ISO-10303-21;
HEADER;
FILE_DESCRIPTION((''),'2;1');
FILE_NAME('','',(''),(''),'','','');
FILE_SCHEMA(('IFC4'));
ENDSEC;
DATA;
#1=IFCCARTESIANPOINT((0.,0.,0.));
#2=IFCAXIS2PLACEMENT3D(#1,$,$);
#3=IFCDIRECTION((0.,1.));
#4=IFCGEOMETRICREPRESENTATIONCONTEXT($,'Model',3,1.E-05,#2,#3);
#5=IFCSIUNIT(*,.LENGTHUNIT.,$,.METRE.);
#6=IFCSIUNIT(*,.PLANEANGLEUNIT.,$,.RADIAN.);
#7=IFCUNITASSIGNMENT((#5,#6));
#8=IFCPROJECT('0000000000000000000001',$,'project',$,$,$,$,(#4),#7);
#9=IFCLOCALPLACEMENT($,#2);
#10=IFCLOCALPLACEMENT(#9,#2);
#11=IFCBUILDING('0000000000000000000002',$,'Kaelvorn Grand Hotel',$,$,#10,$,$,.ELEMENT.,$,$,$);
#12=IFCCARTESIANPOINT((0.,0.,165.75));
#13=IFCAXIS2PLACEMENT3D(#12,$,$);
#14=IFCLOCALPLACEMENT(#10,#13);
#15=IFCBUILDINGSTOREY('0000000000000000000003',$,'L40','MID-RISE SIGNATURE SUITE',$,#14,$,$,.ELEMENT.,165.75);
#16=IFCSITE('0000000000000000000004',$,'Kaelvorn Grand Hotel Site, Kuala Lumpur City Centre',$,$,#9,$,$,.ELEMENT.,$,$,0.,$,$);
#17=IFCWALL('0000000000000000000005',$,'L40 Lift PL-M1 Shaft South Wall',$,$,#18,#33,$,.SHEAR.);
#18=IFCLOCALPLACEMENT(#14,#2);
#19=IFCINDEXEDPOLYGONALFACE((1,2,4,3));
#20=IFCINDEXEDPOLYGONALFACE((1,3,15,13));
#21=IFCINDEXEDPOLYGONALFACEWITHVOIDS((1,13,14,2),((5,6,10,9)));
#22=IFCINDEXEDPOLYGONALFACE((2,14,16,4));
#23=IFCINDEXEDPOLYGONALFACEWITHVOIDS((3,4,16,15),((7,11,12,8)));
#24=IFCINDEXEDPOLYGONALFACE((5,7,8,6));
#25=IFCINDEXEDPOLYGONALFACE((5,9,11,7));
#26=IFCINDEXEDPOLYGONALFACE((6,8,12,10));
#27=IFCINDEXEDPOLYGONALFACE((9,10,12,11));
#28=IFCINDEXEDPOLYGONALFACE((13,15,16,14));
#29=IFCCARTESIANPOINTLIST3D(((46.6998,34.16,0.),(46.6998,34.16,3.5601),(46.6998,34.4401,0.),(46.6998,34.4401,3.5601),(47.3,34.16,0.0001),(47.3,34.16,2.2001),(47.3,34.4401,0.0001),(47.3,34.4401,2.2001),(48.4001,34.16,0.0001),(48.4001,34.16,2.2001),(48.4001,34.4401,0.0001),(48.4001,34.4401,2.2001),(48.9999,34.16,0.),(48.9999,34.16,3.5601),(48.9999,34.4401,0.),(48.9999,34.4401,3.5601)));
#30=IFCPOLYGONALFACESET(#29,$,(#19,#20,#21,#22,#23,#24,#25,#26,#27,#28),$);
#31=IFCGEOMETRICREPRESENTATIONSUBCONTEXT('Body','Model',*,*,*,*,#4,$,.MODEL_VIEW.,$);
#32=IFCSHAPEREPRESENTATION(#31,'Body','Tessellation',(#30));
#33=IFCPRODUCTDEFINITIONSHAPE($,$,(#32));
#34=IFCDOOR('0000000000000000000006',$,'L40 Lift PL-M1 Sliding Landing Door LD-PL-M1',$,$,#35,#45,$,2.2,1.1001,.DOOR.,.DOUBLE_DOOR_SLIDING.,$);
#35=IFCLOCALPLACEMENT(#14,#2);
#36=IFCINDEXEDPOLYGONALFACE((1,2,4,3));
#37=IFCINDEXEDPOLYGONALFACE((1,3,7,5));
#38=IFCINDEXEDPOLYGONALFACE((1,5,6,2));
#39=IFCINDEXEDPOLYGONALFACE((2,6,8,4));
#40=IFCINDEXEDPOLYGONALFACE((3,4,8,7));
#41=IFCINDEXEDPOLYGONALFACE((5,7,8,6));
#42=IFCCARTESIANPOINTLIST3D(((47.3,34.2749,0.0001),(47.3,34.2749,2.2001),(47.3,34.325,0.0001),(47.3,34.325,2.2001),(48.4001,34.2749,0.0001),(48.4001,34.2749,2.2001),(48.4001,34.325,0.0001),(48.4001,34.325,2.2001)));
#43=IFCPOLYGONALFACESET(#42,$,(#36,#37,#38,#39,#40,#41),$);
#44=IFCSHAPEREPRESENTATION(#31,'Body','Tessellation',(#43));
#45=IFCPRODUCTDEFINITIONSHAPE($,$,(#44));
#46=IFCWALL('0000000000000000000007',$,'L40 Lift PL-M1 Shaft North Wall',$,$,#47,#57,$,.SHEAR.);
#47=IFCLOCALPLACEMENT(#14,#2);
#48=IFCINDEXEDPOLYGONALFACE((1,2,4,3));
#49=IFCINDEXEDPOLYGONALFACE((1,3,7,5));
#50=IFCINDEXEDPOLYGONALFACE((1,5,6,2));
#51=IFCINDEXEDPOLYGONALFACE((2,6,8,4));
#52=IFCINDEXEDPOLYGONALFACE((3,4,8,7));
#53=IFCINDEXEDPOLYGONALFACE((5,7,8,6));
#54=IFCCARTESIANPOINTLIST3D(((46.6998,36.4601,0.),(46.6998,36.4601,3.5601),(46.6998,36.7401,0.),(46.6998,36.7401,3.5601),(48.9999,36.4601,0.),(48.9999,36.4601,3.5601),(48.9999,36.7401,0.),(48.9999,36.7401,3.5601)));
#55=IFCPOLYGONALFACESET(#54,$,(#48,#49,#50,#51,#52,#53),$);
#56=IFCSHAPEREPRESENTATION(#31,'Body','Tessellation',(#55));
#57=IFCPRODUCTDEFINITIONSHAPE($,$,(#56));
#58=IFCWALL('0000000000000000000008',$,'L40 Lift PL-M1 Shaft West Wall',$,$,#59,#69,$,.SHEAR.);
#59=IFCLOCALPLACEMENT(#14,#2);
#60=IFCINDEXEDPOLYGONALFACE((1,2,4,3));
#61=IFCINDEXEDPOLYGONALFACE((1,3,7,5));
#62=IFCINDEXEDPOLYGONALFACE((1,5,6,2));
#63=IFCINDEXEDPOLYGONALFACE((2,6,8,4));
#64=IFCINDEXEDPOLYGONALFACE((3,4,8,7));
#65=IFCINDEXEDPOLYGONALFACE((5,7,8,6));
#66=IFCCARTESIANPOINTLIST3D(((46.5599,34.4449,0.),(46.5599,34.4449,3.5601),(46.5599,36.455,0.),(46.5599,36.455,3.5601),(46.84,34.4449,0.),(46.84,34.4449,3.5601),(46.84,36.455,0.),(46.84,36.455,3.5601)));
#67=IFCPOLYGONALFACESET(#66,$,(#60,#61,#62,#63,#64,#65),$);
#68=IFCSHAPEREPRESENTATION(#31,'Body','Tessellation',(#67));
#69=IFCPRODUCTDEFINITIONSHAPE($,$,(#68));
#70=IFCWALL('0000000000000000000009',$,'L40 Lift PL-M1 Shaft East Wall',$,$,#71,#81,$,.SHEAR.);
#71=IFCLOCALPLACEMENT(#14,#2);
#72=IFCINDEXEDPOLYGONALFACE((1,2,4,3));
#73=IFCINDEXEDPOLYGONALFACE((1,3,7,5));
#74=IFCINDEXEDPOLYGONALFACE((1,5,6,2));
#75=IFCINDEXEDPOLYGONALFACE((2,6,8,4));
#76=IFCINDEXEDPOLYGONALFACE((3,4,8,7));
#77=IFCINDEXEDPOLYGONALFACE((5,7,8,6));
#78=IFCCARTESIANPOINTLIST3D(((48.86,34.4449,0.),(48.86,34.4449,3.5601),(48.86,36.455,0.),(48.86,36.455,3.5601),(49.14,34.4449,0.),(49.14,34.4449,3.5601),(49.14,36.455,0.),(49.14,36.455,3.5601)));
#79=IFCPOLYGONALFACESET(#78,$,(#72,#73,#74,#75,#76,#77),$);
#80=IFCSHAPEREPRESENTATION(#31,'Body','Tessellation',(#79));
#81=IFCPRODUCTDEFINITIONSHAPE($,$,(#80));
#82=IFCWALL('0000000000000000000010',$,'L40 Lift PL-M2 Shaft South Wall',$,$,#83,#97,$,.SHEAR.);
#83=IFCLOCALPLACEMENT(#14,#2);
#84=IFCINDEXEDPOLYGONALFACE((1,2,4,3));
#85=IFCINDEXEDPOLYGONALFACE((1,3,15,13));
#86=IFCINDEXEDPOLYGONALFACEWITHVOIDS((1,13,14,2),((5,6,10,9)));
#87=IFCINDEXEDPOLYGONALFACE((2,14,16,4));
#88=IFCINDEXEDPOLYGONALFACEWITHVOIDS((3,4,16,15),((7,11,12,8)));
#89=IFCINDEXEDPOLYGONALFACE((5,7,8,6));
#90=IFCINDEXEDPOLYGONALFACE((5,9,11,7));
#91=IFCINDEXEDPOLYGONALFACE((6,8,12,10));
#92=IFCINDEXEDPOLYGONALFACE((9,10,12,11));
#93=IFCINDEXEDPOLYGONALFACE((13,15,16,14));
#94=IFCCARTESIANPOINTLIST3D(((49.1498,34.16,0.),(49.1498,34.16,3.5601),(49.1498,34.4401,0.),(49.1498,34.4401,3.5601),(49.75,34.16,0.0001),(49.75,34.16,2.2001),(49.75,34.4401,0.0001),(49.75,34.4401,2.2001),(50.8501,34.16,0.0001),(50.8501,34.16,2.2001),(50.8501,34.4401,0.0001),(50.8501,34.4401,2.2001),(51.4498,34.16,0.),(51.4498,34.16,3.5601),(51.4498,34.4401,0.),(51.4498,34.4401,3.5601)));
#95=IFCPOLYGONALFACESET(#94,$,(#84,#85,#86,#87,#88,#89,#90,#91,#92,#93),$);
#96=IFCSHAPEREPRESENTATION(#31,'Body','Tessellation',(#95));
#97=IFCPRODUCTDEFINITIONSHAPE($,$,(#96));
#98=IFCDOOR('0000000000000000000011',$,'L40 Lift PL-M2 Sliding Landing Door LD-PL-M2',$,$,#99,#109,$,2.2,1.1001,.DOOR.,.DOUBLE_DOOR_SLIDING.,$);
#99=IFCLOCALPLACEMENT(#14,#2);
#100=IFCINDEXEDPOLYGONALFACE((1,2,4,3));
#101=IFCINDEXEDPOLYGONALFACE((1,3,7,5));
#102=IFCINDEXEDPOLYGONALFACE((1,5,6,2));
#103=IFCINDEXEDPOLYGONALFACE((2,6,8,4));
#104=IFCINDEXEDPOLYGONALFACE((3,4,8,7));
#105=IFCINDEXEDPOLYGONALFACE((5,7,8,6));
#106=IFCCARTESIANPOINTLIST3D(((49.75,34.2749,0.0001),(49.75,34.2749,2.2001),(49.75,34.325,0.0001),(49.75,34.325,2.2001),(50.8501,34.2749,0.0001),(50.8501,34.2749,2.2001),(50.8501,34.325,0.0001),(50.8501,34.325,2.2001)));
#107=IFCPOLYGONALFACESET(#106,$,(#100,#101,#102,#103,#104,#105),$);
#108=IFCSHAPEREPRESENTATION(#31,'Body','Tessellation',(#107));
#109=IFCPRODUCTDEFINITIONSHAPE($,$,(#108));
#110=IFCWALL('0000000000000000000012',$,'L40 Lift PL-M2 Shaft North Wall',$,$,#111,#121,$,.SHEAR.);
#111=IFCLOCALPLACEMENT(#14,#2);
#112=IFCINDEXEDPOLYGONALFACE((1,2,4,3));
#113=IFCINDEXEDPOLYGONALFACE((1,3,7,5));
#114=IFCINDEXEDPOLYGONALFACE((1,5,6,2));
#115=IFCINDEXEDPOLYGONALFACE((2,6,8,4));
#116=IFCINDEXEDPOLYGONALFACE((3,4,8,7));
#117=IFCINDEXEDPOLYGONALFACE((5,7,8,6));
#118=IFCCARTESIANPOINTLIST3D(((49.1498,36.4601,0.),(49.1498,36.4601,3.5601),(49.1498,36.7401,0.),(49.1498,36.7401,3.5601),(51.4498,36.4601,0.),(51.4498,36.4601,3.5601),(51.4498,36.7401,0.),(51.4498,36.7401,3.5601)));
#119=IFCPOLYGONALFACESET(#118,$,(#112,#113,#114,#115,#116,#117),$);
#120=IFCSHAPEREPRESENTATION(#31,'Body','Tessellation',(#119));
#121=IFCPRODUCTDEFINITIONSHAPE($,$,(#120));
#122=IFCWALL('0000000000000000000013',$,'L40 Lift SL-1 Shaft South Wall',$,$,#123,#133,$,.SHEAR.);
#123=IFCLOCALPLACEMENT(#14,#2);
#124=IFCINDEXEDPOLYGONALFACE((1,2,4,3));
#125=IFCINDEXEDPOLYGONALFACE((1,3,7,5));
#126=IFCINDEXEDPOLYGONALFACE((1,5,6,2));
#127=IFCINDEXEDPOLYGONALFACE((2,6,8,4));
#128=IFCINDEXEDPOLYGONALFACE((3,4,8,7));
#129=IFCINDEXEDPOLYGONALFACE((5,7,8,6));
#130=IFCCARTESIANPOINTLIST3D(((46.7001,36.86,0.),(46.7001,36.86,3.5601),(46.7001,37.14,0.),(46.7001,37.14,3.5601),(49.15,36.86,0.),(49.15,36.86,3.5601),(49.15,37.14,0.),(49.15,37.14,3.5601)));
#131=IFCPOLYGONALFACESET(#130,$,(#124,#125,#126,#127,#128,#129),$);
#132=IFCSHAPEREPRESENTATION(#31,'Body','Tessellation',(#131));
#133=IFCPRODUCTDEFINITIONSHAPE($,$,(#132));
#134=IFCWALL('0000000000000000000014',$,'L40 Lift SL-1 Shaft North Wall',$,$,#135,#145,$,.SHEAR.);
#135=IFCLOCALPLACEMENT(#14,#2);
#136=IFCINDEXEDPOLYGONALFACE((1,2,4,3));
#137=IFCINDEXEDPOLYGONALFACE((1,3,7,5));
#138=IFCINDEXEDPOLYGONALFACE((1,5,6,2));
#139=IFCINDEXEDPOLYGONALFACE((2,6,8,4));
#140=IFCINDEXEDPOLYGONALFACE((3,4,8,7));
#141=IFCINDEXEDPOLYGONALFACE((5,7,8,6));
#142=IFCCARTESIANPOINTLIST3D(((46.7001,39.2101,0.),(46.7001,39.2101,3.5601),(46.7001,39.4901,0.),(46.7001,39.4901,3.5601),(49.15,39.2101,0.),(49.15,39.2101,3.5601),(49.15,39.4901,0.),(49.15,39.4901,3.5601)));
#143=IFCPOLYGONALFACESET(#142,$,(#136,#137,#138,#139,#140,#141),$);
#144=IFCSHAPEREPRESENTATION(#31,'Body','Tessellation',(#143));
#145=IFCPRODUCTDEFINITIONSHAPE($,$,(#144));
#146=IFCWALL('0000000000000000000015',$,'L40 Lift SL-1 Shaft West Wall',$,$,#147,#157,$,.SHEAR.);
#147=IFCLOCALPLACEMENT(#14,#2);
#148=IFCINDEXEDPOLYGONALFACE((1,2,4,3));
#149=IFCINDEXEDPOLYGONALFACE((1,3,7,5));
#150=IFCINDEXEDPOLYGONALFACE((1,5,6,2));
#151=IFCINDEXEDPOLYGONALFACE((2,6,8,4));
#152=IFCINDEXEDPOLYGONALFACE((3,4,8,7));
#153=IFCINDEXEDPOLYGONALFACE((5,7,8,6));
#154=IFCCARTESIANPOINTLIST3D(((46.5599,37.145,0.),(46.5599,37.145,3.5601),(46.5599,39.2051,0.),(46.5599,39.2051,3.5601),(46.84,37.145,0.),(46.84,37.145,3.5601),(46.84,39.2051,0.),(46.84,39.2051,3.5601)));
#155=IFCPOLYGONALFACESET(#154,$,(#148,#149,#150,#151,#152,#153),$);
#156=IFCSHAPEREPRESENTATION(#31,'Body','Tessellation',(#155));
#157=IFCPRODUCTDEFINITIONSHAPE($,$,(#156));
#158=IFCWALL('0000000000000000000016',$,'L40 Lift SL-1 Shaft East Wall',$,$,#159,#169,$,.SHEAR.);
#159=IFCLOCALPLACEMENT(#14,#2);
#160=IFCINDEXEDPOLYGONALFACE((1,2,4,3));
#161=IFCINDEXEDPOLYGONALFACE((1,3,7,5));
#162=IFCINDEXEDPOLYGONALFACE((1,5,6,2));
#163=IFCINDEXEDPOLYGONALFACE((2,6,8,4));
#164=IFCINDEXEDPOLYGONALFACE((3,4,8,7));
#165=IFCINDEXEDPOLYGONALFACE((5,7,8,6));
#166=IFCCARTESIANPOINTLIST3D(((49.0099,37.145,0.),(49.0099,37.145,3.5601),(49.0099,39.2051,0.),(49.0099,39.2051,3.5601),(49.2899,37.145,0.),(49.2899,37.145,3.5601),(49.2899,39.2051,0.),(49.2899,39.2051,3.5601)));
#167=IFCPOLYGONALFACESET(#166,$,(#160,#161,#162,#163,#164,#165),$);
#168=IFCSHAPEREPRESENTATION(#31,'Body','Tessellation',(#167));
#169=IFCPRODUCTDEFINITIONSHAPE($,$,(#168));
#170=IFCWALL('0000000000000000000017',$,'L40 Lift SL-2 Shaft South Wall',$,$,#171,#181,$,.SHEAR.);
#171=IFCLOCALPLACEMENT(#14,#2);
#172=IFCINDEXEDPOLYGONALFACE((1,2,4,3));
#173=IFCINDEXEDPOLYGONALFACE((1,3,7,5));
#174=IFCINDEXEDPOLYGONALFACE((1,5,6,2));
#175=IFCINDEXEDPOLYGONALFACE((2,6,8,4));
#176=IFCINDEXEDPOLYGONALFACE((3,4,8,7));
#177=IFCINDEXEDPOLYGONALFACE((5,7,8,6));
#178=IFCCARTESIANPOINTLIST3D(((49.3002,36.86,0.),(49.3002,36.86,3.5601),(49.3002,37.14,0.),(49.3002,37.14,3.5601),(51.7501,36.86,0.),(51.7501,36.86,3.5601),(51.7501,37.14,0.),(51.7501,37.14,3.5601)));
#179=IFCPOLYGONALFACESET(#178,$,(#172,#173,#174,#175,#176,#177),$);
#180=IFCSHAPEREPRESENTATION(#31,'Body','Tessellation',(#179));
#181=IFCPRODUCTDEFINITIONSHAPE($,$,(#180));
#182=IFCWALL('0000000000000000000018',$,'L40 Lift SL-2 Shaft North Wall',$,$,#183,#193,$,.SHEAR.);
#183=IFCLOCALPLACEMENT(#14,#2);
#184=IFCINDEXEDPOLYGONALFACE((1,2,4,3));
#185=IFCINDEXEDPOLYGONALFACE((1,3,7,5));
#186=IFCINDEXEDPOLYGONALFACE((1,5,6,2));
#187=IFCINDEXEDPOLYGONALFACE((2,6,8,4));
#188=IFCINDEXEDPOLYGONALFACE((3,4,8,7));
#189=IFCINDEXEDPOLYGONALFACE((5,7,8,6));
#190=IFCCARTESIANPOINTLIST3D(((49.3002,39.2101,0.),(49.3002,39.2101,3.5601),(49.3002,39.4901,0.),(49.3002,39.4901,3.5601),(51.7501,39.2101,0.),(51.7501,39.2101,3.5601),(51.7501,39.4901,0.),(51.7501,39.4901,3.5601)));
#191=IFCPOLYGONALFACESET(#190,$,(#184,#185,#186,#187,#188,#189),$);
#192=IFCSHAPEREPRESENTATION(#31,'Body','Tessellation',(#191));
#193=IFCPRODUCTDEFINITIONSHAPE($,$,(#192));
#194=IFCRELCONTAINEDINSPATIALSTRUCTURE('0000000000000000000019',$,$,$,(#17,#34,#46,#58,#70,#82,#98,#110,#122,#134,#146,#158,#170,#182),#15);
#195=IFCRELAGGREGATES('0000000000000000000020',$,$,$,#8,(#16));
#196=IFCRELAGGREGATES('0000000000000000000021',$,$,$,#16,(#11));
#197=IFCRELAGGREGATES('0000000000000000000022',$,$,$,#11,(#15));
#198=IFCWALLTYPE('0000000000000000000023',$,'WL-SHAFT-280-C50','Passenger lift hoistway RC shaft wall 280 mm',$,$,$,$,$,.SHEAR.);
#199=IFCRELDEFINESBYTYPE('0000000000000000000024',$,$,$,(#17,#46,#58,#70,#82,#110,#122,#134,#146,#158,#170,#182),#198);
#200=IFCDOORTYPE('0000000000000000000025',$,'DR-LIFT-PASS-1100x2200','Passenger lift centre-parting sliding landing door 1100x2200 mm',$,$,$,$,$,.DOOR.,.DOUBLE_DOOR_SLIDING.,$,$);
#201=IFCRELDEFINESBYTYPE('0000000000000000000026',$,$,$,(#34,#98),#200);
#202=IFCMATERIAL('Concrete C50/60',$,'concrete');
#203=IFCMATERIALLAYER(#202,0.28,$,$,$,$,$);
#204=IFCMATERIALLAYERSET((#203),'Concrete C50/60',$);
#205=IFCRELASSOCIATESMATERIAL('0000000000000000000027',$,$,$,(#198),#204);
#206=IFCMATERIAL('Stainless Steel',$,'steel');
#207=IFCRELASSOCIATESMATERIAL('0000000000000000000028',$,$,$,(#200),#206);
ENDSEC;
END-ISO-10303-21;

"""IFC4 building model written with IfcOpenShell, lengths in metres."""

from ifc_helpers import new_model, si_unit, direction, frame, frame_2d, origin, place, context, subcontext, project, spatial, rectangle, extrude, material, layer, layer_set, type_object, element, fill, save


model = new_model("IFC4")

# Units and contexts
model_context = context("Model", 3, precision=1e-05, world=origin(), true_north=direction((0.0, 1.0)))
body_context = subcontext(model_context, "Body", "Model", "MODEL_VIEW")
ifc_project = project(units=[si_unit("LENGTHUNIT", "METRE"), si_unit("PLANEANGLEUNIT", "RADIAN")], contexts=[model_context])

# Site, building, storey
site_placement = place(None, origin())
site = spatial("IfcSite", under=ifc_project, at=site_placement, Name="Kaelvorn Grand Hotel Site, Kuala Lumpur City Centre", CompositionType="ELEMENT", RefElevation=0.0)
building_placement = place(site_placement, origin())
building = spatial("IfcBuilding", under=site, at=building_placement, Name="Kaelvorn Grand Hotel", CompositionType="ELEMENT")
storey_placement = place(building_placement, frame((0.0, 0.0, 165.75)))
storey = spatial("IfcBuildingStorey", under=building, at=storey_placement, Name="L40", Description="MID-RISE SIGNATURE SUITE", CompositionType="ELEMENT", Elevation=165.75)

# Shared definitions
ifc_material_1 = material(Name="Concrete C50/60", Category="concrete")

# Wall, opening, door
ifc_layer_1 = layer(ifc_material_1, 0.28)
ifc_layer_set_1 = layer_set([ifc_layer_1], Name="Concrete C50/60")
wall_type_1 = type_object("IfcWallType", Name="WL-SHAFT-280-C50", Description="Passenger lift hoistway RC shaft wall 280 mm", PredefinedType="SHEAR", material=ifc_layer_set_1)
wall_1_placement = place(storey_placement, frame((46.7, 34.3, 0.0), z_axis=(0.0, 0.0, 1.0), x_axis=(1.0, 0.0, 0.0)))
wall_1 = element("IfcWall", 1, at=wall_1_placement, inside=storey, type_object=wall_type_1, Name="L40 Lift PL-M1 Shaft South Wall", PredefinedType="SHEAR", context=body_context, shape_type="SweptSolid", body=[
    extrude(rectangle(XDim=2.3, YDim=0.28, at=frame_2d((1.1499, 0.0))), origin(), (0.0, 0.0, 1.0), 3.5601),
])
opening_1_placement = place(wall_1_placement, frame((0.6001, 0.0, 0.0)))
opening_1 = element("IfcOpeningElement", 2, at=opening_1_placement, cuts=wall_1, PredefinedType="OPENING", context=body_context, shape_type="SweptSolid", body=[
    extrude(rectangle(XDim=1.1001, YDim=2.2, at=frame_2d((0.55, 1.1001))), frame((0.0, 0.1499, 0.0), z_axis=(0.0, -1.0, 0.0), x_axis=(1.0, 0.0, 0.0)), (0.0, 0.0, 1.0), 0.3),
])
ifc_material_2 = material(Name="Stainless Steel", Category="steel")
door_type_1 = type_object("IfcDoorType", Name="DR-LIFT-PASS-1100x2200", Description="Passenger lift centre-parting sliding landing door 1100x2200 mm", OperationType="DOUBLE_DOOR_SLIDING", PredefinedType="DOOR", material=ifc_material_2)
door_1_placement = place(opening_1_placement, origin())
door_1 = element("IfcDoor", 3, at=door_1_placement, inside=storey, type_object=door_type_1, Name="L40 Lift PL-M1 Sliding Landing Door LD-PL-M1", OperationType="DOUBLE_DOOR_SLIDING", OverallHeight=2.2, OverallWidth=1.1001, PredefinedType="DOOR", context=body_context, shape_type="SweptSolid", body=[
    extrude(rectangle(XDim=1.1001, YDim=2.2, at=frame_2d((0.55, 1.1001))), frame((0.0, 0.0249, 0.0), z_axis=(0.0, -1.0, 0.0), x_axis=(1.0, 0.0, 0.0)), (0.0, 0.0, 1.0), 0.05),
])
fill(opening_1, door_1)

# Walls
wall_2_placement = place(storey_placement, frame((46.7, 36.6001, 0.0), z_axis=(0.0, 0.0, 1.0), x_axis=(1.0, 0.0, 0.0)))
element("IfcWall", 4, at=wall_2_placement, inside=storey, type_object=wall_type_1, Name="L40 Lift PL-M1 Shaft North Wall", PredefinedType="SHEAR", context=body_context, shape_type="SweptSolid", body=[
    extrude(rectangle(XDim=2.3, YDim=0.28, at=frame_2d((1.1499, 0.0))), origin(), (0.0, 0.0, 1.0), 3.5601),
])
for number, where, z_axis, x_axis, name in (
    (5, (46.7, 34.4451, 0.0), (0.0, 0.0, 1.0), (0.0, 1.0, 0.0), "L40 Lift PL-M1 Shaft West Wall"),
    (6, (49.0, 34.4451, 0.0), (0.0, 0.0, 1.0), (0.0, 1.0, 0.0), "L40 Lift PL-M1 Shaft East Wall"),
):
    element("IfcWall", number, at=place(storey_placement, frame(where, z_axis=z_axis, x_axis=x_axis)), inside=storey, type_object=wall_type_1, Name=name, PredefinedType="SHEAR", context=body_context, shape_type="SweptSolid", body=[
        extrude(rectangle(XDim=2.01, YDim=0.28, at=frame_2d((1.0049, 0.0))), origin(), (0.0, 0.0, 1.0), 3.5601),
    ])

# Wall, opening, door
wall_3_placement = place(storey_placement, frame((49.1499, 34.3, 0.0), z_axis=(0.0, 0.0, 1.0), x_axis=(1.0, 0.0, 0.0)))
wall_3 = element("IfcWall", 7, at=wall_3_placement, inside=storey, type_object=wall_type_1, Name="L40 Lift PL-M2 Shaft South Wall", PredefinedType="SHEAR", context=body_context, shape_type="SweptSolid", body=[
    extrude(rectangle(XDim=2.3, YDim=0.28, at=frame_2d((1.1499, 0.0))), origin(), (0.0, 0.0, 1.0), 3.5601),
])
opening_2_placement = place(wall_3_placement, frame((0.6001, 0.0, 0.0)))
opening_2 = element("IfcOpeningElement", 8, at=opening_2_placement, cuts=wall_3, PredefinedType="OPENING", context=body_context, shape_type="SweptSolid", body=[
    extrude(rectangle(XDim=1.1001, YDim=2.2, at=frame_2d((0.55, 1.1001))), frame((0.0, 0.1499, 0.0), z_axis=(0.0, -1.0, 0.0), x_axis=(1.0, 0.0, 0.0)), (0.0, 0.0, 1.0), 0.3),
])
door_2_placement = place(opening_2_placement, origin())
door_2 = element("IfcDoor", 9, at=door_2_placement, inside=storey, type_object=door_type_1, Name="L40 Lift PL-M2 Sliding Landing Door LD-PL-M2", OperationType="DOUBLE_DOOR_SLIDING", OverallHeight=2.2, OverallWidth=1.1001, PredefinedType="DOOR", context=body_context, shape_type="SweptSolid", body=[
    extrude(rectangle(XDim=1.1001, YDim=2.2, at=frame_2d((0.55, 1.1001))), frame((0.0, 0.0249, 0.0), z_axis=(0.0, -1.0, 0.0), x_axis=(1.0, 0.0, 0.0)), (0.0, 0.0, 1.0), 0.05),
])
fill(opening_2, door_2)

# Walls
wall_4_placement = place(storey_placement, frame((49.1499, 36.6001, 0.0), z_axis=(0.0, 0.0, 1.0), x_axis=(1.0, 0.0, 0.0)))
element("IfcWall", 10, at=wall_4_placement, inside=storey, type_object=wall_type_1, Name="L40 Lift PL-M2 Shaft North Wall", PredefinedType="SHEAR", context=body_context, shape_type="SweptSolid", body=[
    extrude(rectangle(XDim=2.3, YDim=0.28, at=frame_2d((1.1499, 0.0))), origin(), (0.0, 0.0, 1.0), 3.5601),
])
for number, where, z_axis, x_axis, name in (
    (11, (46.7, 37.0, 0.0), (0.0, 0.0, 1.0), (1.0, 0.0, 0.0), "L40 Lift SL-1 Shaft South Wall"),
    (12, (46.7, 39.3501, 0.0), (0.0, 0.0, 1.0), (1.0, 0.0, 0.0), "L40 Lift SL-1 Shaft North Wall"),
):
    element("IfcWall", number, at=place(storey_placement, frame(where, z_axis=z_axis, x_axis=x_axis)), inside=storey, type_object=wall_type_1, Name=name, PredefinedType="SHEAR", context=body_context, shape_type="SweptSolid", body=[
        extrude(rectangle(XDim=2.45, YDim=0.28, at=frame_2d((1.2251, 0.0))), origin(), (0.0, 0.0, 1.0), 3.5601),
    ])
for number, where, z_axis, x_axis, name in (
    (13, (46.7, 37.145, 0.0), (0.0, 0.0, 1.0), (0.0, 1.0, 0.0), "L40 Lift SL-1 Shaft West Wall"),
    (14, (49.1499, 37.145, 0.0), (0.0, 0.0, 1.0), (0.0, 1.0, 0.0), "L40 Lift SL-1 Shaft East Wall"),
):
    element("IfcWall", number, at=place(storey_placement, frame(where, z_axis=z_axis, x_axis=x_axis)), inside=storey, type_object=wall_type_1, Name=name, PredefinedType="SHEAR", context=body_context, shape_type="SweptSolid", body=[
        extrude(rectangle(XDim=2.0601, YDim=0.28, at=frame_2d((1.03, 0.0))), origin(), (0.0, 0.0, 1.0), 3.5601),
    ])
for number, where, z_axis, x_axis, name in (
    (15, (49.3, 37.0, 0.0), (0.0, 0.0, 1.0), (1.0, 0.0, 0.0), "L40 Lift SL-2 Shaft South Wall"),
    (16, (49.3, 39.3501, 0.0), (0.0, 0.0, 1.0), (1.0, 0.0, 0.0), "L40 Lift SL-2 Shaft North Wall"),
):
    element("IfcWall", number, at=place(storey_placement, frame(where, z_axis=z_axis, x_axis=x_axis)), inside=storey, type_object=wall_type_1, Name=name, PredefinedType="SHEAR", context=body_context, shape_type="SweptSolid", body=[
        extrude(rectangle(XDim=2.45, YDim=0.28, at=frame_2d((1.2251, 0.0))), origin(), (0.0, 0.0, 1.0), 3.5601),
    ])

save(model, "model.ifc")
